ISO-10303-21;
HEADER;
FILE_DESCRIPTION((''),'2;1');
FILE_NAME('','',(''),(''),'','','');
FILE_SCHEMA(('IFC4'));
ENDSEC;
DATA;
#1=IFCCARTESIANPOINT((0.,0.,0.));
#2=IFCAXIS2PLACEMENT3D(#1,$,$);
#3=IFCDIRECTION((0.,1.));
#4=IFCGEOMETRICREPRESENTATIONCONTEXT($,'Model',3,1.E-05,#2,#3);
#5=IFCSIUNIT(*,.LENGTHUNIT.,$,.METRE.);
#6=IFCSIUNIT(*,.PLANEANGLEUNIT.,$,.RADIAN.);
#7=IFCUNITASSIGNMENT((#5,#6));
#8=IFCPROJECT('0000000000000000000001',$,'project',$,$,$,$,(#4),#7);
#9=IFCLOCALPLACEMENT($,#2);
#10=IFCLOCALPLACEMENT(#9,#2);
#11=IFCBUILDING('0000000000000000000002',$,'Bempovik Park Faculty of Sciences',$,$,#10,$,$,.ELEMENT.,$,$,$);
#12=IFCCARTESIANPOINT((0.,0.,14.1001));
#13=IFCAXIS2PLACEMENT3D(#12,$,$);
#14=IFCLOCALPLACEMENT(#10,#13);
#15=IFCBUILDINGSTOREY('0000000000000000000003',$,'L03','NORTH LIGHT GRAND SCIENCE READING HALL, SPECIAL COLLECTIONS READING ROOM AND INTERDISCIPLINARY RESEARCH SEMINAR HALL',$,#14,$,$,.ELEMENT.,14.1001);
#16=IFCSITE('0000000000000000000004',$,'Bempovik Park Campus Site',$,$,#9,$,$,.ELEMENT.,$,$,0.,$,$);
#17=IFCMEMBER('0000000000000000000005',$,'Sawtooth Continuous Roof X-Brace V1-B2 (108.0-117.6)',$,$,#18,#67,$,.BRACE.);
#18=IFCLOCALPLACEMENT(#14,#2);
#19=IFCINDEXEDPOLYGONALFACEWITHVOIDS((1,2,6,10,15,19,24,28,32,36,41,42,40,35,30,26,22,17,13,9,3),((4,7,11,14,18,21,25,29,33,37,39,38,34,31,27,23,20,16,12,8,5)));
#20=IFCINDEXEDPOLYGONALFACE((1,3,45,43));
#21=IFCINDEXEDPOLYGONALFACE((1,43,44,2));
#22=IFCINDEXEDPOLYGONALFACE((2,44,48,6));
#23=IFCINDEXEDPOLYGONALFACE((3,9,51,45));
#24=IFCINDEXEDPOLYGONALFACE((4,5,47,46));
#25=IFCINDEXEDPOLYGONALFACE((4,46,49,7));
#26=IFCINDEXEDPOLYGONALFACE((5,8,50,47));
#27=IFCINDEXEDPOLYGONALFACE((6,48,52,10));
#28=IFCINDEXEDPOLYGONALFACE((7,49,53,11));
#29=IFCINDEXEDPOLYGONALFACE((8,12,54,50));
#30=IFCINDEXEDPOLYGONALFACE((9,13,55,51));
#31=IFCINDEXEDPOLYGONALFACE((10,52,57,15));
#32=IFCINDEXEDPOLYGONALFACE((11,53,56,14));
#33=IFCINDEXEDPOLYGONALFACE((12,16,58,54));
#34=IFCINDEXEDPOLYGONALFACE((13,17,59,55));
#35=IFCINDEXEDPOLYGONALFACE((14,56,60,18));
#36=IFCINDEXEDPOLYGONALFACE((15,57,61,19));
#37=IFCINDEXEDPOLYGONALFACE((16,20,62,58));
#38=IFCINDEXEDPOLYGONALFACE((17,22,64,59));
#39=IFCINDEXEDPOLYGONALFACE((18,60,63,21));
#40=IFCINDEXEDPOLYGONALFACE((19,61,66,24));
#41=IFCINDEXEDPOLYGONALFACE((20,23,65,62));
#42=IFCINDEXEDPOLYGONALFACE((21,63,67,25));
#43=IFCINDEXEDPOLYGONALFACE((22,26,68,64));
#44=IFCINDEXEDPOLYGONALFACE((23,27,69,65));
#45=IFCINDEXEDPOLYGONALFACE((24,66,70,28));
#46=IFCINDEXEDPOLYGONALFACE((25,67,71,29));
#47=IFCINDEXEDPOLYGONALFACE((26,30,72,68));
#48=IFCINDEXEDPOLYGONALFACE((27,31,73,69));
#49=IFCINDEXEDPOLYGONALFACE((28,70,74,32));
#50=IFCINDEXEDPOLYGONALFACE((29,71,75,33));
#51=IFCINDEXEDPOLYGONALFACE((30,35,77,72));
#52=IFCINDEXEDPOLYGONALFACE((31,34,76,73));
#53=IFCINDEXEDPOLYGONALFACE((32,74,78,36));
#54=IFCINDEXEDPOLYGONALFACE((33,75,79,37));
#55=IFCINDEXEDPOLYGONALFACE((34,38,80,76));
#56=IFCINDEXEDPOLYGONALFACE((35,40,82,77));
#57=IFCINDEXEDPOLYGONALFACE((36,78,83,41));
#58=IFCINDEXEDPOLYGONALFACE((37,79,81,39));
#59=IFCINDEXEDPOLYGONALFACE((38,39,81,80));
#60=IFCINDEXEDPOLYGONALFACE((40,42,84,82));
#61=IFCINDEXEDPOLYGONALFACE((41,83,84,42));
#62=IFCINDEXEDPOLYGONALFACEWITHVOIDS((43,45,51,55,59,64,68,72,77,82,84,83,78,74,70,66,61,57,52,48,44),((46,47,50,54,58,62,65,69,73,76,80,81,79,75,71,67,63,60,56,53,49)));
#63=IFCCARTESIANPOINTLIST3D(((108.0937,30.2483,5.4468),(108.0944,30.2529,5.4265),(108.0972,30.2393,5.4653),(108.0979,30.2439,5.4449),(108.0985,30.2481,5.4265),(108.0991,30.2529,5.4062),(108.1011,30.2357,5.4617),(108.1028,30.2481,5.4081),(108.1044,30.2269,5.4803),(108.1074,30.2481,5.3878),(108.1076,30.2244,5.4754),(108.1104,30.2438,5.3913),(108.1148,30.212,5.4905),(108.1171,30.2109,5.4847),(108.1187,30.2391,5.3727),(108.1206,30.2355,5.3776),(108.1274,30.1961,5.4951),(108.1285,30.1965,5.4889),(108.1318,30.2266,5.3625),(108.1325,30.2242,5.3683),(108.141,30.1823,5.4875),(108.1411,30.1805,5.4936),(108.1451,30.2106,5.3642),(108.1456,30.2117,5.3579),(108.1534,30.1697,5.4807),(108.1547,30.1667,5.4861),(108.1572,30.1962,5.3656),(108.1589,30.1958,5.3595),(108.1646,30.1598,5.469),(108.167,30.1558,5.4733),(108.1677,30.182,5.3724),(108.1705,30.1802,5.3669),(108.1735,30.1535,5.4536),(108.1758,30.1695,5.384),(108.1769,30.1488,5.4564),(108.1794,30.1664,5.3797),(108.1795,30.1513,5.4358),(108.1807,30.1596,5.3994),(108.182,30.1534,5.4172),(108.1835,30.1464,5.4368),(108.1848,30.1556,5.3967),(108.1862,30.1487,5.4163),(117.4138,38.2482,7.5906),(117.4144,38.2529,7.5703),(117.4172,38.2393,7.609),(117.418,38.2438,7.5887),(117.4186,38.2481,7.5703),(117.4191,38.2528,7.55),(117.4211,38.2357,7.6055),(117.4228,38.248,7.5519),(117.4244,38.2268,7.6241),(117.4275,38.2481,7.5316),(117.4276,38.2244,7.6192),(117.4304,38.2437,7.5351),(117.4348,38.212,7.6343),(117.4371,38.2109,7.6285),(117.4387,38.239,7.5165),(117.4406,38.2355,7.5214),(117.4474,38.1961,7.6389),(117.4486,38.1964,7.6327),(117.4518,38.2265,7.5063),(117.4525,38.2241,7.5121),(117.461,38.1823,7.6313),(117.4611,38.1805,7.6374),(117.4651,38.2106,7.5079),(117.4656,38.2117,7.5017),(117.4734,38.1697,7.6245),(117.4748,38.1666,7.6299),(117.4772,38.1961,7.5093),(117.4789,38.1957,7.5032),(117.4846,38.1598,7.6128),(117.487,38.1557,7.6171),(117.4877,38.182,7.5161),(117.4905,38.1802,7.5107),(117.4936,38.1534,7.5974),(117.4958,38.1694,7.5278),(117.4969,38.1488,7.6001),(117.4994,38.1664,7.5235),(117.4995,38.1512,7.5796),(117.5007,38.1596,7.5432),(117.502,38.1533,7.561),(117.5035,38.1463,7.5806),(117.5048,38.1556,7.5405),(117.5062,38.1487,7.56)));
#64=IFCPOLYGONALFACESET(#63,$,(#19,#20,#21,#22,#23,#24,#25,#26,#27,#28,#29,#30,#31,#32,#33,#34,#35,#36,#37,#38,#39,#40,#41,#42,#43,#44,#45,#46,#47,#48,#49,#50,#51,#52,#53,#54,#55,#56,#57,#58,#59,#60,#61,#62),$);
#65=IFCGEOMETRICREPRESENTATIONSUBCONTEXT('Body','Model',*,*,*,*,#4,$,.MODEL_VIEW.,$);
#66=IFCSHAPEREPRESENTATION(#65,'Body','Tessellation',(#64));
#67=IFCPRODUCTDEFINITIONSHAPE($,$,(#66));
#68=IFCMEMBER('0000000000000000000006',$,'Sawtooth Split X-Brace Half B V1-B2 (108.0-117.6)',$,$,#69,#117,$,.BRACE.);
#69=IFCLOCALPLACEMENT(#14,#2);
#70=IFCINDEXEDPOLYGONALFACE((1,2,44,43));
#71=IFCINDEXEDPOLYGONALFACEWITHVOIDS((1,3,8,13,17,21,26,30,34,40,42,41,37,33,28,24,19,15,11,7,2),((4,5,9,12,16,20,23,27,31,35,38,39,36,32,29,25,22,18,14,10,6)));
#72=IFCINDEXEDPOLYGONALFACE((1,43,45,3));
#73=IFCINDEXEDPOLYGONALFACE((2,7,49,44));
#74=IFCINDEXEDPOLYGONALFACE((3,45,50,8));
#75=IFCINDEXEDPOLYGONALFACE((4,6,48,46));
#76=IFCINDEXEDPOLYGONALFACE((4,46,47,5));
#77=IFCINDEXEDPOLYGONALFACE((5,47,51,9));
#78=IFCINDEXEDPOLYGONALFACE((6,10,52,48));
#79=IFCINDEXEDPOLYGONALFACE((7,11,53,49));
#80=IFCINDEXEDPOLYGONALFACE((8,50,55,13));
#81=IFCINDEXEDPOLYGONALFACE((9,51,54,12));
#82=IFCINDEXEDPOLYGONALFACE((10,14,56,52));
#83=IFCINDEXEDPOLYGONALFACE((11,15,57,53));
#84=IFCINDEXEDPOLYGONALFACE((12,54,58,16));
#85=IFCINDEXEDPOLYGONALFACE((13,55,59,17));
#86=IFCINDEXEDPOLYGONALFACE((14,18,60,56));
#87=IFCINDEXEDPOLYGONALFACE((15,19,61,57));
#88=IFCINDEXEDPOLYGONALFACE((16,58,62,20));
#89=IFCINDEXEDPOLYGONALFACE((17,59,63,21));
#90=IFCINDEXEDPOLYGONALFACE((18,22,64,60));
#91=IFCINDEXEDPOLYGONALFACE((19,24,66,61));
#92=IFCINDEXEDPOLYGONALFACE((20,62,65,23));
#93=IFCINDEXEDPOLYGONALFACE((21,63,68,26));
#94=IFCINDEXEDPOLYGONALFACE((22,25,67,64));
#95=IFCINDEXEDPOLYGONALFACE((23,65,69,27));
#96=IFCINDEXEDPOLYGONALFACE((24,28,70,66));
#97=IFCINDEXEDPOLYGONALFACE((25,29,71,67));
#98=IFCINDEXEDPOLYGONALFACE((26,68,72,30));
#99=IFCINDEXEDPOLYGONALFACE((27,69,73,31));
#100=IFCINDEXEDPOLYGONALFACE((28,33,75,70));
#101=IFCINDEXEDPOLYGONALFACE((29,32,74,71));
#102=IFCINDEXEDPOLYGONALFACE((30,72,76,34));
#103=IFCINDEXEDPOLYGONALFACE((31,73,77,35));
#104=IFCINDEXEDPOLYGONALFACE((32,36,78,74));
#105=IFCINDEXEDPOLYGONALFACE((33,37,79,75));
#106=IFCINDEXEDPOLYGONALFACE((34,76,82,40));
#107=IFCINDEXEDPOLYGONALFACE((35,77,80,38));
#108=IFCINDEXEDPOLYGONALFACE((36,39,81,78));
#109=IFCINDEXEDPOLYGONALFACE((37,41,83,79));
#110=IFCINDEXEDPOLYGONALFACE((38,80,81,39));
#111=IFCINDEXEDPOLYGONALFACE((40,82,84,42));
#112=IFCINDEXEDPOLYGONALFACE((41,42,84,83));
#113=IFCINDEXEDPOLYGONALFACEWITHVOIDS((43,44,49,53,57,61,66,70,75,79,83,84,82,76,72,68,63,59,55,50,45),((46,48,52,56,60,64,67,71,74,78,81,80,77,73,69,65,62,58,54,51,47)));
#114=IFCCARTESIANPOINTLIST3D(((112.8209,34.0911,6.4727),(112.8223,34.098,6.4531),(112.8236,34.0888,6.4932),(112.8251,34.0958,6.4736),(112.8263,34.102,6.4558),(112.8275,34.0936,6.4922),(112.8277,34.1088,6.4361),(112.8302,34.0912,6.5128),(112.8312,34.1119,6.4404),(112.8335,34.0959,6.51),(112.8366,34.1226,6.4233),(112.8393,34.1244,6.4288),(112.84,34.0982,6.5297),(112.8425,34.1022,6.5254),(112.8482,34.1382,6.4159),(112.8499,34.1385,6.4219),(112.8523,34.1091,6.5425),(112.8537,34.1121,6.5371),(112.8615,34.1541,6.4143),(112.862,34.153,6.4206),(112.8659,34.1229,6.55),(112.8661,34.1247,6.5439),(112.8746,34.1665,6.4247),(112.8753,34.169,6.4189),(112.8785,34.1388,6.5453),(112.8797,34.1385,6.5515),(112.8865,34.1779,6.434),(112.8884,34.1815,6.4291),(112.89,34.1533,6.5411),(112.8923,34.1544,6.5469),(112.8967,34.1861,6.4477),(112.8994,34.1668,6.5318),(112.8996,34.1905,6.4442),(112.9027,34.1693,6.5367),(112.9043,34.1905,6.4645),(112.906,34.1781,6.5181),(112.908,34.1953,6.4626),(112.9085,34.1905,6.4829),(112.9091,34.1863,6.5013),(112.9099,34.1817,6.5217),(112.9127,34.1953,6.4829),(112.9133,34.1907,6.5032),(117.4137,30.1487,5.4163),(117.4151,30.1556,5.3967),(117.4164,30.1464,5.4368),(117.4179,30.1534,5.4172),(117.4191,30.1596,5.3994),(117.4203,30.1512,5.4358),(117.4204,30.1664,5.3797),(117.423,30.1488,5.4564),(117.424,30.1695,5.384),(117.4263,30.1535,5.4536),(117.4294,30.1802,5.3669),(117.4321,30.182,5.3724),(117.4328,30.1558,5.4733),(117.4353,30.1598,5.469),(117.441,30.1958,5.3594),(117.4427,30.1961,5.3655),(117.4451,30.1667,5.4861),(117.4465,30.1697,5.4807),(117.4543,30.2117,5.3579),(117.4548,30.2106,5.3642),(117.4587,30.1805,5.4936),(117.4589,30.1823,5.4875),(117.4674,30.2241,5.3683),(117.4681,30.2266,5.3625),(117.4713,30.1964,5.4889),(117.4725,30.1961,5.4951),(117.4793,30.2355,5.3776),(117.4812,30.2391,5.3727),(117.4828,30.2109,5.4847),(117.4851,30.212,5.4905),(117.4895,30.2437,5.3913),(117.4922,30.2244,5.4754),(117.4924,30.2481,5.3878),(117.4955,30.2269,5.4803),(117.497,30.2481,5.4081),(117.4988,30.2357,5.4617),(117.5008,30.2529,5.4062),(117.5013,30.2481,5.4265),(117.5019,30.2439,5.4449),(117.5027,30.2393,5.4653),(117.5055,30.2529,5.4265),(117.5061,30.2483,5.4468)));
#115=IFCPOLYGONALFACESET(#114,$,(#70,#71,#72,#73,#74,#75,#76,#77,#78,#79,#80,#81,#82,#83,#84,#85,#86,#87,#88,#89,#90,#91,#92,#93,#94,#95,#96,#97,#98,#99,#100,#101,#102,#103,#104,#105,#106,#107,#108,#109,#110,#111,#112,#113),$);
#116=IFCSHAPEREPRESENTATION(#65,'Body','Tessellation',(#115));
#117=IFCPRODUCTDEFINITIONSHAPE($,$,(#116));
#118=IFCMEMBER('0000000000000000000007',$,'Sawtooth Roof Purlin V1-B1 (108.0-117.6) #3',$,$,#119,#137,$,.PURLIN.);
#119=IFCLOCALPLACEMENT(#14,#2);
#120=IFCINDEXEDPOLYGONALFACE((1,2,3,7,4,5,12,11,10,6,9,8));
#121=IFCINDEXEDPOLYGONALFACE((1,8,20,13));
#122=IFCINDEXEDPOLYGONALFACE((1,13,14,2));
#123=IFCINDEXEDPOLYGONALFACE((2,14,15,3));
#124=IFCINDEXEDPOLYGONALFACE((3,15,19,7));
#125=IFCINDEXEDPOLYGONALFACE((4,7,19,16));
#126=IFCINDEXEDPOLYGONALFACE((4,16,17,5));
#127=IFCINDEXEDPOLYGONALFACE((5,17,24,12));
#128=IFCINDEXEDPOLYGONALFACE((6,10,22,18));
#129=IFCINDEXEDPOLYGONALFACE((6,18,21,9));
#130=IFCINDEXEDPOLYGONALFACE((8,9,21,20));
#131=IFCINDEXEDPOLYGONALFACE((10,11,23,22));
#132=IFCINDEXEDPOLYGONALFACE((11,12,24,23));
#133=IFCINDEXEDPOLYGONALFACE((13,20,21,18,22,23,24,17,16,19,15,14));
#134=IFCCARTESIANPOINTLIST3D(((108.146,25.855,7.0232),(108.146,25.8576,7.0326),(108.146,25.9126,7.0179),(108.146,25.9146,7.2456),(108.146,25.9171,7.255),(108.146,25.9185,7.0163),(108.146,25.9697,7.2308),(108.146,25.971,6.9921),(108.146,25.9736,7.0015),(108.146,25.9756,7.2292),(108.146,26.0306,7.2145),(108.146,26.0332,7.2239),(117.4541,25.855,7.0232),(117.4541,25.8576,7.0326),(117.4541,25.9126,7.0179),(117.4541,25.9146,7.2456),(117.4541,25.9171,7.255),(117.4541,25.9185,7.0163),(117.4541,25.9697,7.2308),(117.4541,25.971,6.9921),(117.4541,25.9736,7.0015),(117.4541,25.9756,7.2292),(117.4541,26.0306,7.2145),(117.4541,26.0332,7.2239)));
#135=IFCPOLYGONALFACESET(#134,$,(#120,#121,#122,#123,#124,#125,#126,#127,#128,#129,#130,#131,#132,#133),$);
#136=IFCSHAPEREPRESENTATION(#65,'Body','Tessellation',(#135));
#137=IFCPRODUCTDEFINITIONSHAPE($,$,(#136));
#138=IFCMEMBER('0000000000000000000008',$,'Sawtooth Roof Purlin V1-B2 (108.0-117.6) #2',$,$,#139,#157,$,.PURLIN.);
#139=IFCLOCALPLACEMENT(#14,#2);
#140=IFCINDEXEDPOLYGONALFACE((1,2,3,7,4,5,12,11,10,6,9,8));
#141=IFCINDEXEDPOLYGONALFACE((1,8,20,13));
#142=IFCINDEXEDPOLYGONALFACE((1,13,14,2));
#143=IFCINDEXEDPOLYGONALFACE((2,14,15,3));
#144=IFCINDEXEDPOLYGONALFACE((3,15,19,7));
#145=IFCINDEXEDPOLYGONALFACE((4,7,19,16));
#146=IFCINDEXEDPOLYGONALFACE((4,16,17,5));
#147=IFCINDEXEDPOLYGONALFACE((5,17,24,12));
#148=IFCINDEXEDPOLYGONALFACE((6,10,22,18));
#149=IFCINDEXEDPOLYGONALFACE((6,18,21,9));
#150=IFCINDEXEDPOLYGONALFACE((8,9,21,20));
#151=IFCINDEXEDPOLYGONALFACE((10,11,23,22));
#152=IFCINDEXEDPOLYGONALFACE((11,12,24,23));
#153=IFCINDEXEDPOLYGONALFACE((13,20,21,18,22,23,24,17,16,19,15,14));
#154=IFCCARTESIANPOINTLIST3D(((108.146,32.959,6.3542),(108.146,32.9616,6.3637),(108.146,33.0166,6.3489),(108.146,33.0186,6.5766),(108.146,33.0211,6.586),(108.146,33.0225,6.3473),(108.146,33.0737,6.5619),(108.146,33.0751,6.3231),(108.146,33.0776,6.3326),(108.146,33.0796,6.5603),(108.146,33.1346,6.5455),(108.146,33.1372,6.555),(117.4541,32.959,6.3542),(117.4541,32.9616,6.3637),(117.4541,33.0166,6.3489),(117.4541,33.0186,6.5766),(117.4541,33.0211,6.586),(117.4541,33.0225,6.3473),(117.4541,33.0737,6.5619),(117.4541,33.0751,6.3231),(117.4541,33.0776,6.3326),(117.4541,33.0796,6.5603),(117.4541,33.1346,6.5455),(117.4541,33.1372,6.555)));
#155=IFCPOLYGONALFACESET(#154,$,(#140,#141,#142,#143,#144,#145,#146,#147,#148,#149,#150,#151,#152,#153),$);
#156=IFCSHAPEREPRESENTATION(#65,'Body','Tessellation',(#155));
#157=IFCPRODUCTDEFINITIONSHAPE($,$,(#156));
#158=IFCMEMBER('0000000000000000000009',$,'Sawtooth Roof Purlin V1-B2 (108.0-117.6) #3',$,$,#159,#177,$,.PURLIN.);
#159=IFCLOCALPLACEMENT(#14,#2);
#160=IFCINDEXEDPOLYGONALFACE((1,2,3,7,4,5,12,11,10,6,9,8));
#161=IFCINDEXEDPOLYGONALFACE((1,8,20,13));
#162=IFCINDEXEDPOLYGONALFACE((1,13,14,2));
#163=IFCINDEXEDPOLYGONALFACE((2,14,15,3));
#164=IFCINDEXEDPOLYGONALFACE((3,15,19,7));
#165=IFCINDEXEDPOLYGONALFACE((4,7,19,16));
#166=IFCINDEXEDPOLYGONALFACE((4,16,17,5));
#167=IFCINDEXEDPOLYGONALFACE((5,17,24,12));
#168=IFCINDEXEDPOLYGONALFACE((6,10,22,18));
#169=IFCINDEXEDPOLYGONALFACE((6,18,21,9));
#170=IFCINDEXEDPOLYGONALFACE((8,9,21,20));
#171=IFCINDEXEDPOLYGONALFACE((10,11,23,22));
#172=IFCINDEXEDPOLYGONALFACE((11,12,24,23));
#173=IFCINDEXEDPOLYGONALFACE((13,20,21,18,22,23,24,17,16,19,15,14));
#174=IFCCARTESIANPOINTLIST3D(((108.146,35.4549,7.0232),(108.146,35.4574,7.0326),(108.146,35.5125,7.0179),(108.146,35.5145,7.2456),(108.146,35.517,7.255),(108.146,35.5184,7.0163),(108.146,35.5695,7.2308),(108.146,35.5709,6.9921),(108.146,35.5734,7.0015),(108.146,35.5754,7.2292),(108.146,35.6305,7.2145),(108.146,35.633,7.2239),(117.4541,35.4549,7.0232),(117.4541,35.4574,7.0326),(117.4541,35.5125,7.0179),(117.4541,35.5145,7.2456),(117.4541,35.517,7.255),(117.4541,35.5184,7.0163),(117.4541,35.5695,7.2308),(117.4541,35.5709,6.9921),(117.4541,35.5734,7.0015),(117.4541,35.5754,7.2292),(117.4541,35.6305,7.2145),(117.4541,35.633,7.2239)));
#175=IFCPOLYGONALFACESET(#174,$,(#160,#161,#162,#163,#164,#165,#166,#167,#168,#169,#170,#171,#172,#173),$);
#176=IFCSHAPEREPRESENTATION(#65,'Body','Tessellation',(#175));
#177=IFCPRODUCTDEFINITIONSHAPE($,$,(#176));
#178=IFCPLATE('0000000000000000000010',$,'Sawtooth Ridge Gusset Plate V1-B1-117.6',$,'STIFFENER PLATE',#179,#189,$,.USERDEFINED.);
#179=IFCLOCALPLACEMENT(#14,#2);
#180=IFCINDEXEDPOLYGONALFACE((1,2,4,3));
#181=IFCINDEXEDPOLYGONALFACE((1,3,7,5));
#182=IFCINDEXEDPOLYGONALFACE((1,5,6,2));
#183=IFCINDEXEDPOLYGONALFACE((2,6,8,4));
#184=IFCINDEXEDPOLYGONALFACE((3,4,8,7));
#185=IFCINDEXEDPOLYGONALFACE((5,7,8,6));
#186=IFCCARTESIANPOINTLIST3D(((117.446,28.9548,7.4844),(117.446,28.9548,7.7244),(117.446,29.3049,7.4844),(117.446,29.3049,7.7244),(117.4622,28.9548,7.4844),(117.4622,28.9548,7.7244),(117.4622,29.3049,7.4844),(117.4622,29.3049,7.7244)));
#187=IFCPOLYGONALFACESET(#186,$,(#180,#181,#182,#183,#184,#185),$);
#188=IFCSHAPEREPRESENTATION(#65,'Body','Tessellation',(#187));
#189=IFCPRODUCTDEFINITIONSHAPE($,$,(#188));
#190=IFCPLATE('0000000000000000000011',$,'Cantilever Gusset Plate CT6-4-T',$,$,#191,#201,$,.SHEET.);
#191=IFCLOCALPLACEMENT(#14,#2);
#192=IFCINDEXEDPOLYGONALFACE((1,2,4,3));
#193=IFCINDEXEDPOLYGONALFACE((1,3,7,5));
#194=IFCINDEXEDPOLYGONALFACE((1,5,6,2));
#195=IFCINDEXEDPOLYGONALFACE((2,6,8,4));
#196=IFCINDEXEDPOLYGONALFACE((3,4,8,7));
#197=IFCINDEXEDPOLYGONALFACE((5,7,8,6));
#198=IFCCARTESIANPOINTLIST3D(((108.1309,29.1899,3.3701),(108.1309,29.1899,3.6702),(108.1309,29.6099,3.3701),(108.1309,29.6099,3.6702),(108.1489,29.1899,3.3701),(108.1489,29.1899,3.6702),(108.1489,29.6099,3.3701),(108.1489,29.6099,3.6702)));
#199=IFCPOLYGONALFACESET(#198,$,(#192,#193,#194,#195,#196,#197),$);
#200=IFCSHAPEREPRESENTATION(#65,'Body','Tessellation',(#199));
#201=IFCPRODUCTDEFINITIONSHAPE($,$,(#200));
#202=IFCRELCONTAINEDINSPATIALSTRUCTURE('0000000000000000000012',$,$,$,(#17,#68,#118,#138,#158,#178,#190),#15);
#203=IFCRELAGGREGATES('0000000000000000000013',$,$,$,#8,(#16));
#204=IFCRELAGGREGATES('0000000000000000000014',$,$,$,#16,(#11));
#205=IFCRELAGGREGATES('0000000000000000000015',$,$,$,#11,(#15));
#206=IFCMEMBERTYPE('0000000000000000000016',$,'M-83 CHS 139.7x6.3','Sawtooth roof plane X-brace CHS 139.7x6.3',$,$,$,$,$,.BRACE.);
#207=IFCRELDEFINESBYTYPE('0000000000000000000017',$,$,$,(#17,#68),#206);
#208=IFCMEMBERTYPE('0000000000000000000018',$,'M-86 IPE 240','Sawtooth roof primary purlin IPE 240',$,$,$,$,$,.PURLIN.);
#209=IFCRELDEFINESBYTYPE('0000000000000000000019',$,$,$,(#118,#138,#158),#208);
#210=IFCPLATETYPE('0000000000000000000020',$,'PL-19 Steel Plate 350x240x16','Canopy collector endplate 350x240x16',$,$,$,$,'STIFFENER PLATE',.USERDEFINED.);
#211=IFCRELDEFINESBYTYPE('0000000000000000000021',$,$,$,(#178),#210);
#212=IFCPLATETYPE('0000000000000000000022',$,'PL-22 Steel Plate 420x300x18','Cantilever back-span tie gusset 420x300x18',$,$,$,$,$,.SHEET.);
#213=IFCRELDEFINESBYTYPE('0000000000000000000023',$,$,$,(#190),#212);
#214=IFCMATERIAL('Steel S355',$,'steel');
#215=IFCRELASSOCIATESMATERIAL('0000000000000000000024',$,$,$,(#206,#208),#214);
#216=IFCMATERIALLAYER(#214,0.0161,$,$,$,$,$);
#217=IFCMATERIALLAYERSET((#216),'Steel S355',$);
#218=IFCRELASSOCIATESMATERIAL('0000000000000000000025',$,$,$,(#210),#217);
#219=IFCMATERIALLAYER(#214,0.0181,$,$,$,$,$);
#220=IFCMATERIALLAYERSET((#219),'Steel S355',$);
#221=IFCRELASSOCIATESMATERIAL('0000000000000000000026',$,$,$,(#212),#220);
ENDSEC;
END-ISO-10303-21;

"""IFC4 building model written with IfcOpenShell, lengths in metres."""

from ifc_helpers import new_model, si_unit, direction, frame, origin, origin_2d, place, context, subcontext, project, spatial, rectangle, hollow_circle, i_section, extrude, material, layer, layer_set, material_profile, profile_set, type_object, element, save


model = new_model("IFC4")

# Units and contexts
model_context = context("Model", 3, precision=1e-05, world=origin(), true_north=direction((0.0, 1.0)))
body_context = subcontext(model_context, "Body", "Model", "MODEL_VIEW")
ifc_project = project(units=[si_unit("LENGTHUNIT", "METRE"), si_unit("PLANEANGLEUNIT", "RADIAN")], contexts=[model_context])

# Site, building, storey
site_placement = place(None, origin())
site = spatial("IfcSite", under=ifc_project, at=site_placement, Name="Bempovik Park Campus Site", CompositionType="ELEMENT", RefElevation=0.0)
building_placement = place(site_placement, origin())
building = spatial("IfcBuilding", under=site, at=building_placement, Name="Bempovik Park Faculty of Sciences", CompositionType="ELEMENT")
storey_placement = place(building_placement, frame((0.0, 0.0, 14.1001)))
storey = spatial("IfcBuildingStorey", under=building, at=storey_placement, Name="L03", Description="NORTH LIGHT GRAND SCIENCE READING HALL, SPECIAL COLLECTIONS READING ROOM AND INTERDISCIPLINARY RESEARCH SEMINAR HALL", CompositionType="ELEMENT", Elevation=14.1001)

# Shared definitions
ifc_material_1 = material(Name="Steel S355", Category="steel")

# Members
ifc_material_profile_1 = material_profile(ifc_material_1, hollow_circle(Radius=0.0698, WallThickness=0.0063, at=origin_2d()), Name="CHS 139.7x6.3")
ifc_profile_set_1 = profile_set([ifc_material_profile_1], Name="Steel S355")
member_type_1 = type_object("IfcMemberType", Name="M-83 CHS 139.7x6.3", Description="Sawtooth roof plane X-brace CHS 139.7x6.3", PredefinedType="BRACE", material=ifc_profile_set_1)
member_1_placement = place(storey_placement, frame((108.1399, 30.2, 5.4265), z_axis=(0.747499, 0.641625, 0.171939), x_axis=(-0.651325, 0.758799, 0.0)))
element("IfcMember", 1, at=member_1_placement, inside=storey, type_object=member_type_1, Name="Sawtooth Continuous Roof X-Brace V1-B2 (108.0-117.6)", PredefinedType="BRACE", context=body_context, shape_type="SweptSolid", body=[
    extrude(hollow_circle(Radius=0.0698, WallThickness=0.0063, at=origin_2d()), origin(), (0.0, 0.0, 1.0), 12.4683),
])
member_2_placement = place(storey_placement, frame((112.8672, 34.1423, 6.4829), z_axis=(0.74749, -0.641637, -0.171932), x_axis=(0.651336, 0.758789, 0.0)))
element("IfcMember", 2, at=member_2_placement, inside=storey, type_object=member_type_1, Name="Sawtooth Split X-Brace Half B V1-B2 (108.0-117.6)", PredefinedType="BRACE", context=body_context, shape_type="SweptSolid", body=[
    extrude(hollow_circle(Radius=0.0698, WallThickness=0.0063, at=origin_2d()), origin(), (0.0, 0.0, 1.0), 6.1443),
])
ifc_material_profile_2 = material_profile(ifc_material_1, i_section(OverallWidth=0.1201, OverallDepth=0.24, WebThickness=0.0061, FlangeThickness=0.0098, at=origin_2d()), Name="IPE 240")
ifc_profile_set_2 = profile_set([ifc_material_profile_2], Name="Steel S355")
member_type_2 = type_object("IfcMemberType", Name="M-86 IPE 240", Description="Sawtooth roof primary purlin IPE 240", PredefinedType="PURLIN", material=ifc_profile_set_2)
for number, where, z_axis, x_axis, name in (
    (3, (108.146, 25.9441, 7.1235), (1.0, 0.0, 0.0), (0.0, 0.965926, -0.258819), "Sawtooth Roof Purlin V1-B1 (108.0-117.6) #3"),
    (4, (108.146, 33.0481, 6.4546), (1.0, 0.0, 0.0), (0.0, 0.965926, -0.258819), "Sawtooth Roof Purlin V1-B2 (108.0-117.6) #2"),
    (5, (108.146, 35.5439, 7.1235), (1.0, 0.0, 0.0), (0.0, 0.965926, -0.258819), "Sawtooth Roof Purlin V1-B2 (108.0-117.6) #3"),
):
    element("IfcMember", number, at=place(storey_placement, frame(where, z_axis=z_axis, x_axis=x_axis)), inside=storey, type_object=member_type_2, Name=name, PredefinedType="PURLIN", context=body_context, shape_type="SweptSolid", body=[
        extrude(i_section(OverallWidth=0.1201, OverallDepth=0.24, WebThickness=0.0061, FlangeThickness=0.0098, at=origin_2d()), origin(), (0.0, 0.0, 1.0), 9.3081),
    ])

# Plates
ifc_layer_1 = layer(ifc_material_1, 0.0161)
ifc_layer_set_1 = layer_set([ifc_layer_1], Name="Steel S355")
plate_type_1 = type_object("IfcPlateType", Name="PL-19 Steel Plate 350x240x16", Description="Canopy collector endplate 350x240x16", ElementType="STIFFENER PLATE", PredefinedType="USERDEFINED", material=ifc_layer_set_1)
plate_1_placement = place(storey_placement, frame((117.4541, 29.1299, 7.4844), z_axis=(0.0, 0.0, 1.0), x_axis=(1.0, 0.0, 0.0)))
element("IfcPlate", 6, at=plate_1_placement, inside=storey, type_object=plate_type_1, Name="Sawtooth Ridge Gusset Plate V1-B1-117.6", ObjectType="STIFFENER PLATE", PredefinedType="USERDEFINED", context=body_context, shape_type="SweptSolid", body=[
    extrude(rectangle(XDim=0.0161, YDim=0.3501, at=origin_2d()), origin(), (0.0, 0.0, 1.0), 0.24),
])
ifc_layer_2 = layer(ifc_material_1, 0.0181)
ifc_layer_set_2 = layer_set([ifc_layer_2], Name="Steel S355")
plate_type_2 = type_object("IfcPlateType", Name="PL-22 Steel Plate 420x300x18", Description="Cantilever back-span tie gusset 420x300x18", PredefinedType="SHEET", material=ifc_layer_set_2)
for number, where, z_axis, x_axis, name in (
    (7, (108.1399, 29.3999, 3.3701), (0.0, 0.0, 1.0), (1.0, 0.0, 0.0), "Cantilever Gusset Plate CT6-4-T"),
):
    element("IfcPlate", number, at=place(storey_placement, frame(where, z_axis=z_axis, x_axis=x_axis)), inside=storey, type_object=plate_type_2, Name=name, PredefinedType="SHEET", context=body_context, shape_type="SweptSolid", body=[
        extrude(rectangle(XDim=0.0181, YDim=0.4199, at=origin_2d()), origin(), (0.0, 0.0, 1.0), 0.3),
    ])

save(model, "model.ifc")
